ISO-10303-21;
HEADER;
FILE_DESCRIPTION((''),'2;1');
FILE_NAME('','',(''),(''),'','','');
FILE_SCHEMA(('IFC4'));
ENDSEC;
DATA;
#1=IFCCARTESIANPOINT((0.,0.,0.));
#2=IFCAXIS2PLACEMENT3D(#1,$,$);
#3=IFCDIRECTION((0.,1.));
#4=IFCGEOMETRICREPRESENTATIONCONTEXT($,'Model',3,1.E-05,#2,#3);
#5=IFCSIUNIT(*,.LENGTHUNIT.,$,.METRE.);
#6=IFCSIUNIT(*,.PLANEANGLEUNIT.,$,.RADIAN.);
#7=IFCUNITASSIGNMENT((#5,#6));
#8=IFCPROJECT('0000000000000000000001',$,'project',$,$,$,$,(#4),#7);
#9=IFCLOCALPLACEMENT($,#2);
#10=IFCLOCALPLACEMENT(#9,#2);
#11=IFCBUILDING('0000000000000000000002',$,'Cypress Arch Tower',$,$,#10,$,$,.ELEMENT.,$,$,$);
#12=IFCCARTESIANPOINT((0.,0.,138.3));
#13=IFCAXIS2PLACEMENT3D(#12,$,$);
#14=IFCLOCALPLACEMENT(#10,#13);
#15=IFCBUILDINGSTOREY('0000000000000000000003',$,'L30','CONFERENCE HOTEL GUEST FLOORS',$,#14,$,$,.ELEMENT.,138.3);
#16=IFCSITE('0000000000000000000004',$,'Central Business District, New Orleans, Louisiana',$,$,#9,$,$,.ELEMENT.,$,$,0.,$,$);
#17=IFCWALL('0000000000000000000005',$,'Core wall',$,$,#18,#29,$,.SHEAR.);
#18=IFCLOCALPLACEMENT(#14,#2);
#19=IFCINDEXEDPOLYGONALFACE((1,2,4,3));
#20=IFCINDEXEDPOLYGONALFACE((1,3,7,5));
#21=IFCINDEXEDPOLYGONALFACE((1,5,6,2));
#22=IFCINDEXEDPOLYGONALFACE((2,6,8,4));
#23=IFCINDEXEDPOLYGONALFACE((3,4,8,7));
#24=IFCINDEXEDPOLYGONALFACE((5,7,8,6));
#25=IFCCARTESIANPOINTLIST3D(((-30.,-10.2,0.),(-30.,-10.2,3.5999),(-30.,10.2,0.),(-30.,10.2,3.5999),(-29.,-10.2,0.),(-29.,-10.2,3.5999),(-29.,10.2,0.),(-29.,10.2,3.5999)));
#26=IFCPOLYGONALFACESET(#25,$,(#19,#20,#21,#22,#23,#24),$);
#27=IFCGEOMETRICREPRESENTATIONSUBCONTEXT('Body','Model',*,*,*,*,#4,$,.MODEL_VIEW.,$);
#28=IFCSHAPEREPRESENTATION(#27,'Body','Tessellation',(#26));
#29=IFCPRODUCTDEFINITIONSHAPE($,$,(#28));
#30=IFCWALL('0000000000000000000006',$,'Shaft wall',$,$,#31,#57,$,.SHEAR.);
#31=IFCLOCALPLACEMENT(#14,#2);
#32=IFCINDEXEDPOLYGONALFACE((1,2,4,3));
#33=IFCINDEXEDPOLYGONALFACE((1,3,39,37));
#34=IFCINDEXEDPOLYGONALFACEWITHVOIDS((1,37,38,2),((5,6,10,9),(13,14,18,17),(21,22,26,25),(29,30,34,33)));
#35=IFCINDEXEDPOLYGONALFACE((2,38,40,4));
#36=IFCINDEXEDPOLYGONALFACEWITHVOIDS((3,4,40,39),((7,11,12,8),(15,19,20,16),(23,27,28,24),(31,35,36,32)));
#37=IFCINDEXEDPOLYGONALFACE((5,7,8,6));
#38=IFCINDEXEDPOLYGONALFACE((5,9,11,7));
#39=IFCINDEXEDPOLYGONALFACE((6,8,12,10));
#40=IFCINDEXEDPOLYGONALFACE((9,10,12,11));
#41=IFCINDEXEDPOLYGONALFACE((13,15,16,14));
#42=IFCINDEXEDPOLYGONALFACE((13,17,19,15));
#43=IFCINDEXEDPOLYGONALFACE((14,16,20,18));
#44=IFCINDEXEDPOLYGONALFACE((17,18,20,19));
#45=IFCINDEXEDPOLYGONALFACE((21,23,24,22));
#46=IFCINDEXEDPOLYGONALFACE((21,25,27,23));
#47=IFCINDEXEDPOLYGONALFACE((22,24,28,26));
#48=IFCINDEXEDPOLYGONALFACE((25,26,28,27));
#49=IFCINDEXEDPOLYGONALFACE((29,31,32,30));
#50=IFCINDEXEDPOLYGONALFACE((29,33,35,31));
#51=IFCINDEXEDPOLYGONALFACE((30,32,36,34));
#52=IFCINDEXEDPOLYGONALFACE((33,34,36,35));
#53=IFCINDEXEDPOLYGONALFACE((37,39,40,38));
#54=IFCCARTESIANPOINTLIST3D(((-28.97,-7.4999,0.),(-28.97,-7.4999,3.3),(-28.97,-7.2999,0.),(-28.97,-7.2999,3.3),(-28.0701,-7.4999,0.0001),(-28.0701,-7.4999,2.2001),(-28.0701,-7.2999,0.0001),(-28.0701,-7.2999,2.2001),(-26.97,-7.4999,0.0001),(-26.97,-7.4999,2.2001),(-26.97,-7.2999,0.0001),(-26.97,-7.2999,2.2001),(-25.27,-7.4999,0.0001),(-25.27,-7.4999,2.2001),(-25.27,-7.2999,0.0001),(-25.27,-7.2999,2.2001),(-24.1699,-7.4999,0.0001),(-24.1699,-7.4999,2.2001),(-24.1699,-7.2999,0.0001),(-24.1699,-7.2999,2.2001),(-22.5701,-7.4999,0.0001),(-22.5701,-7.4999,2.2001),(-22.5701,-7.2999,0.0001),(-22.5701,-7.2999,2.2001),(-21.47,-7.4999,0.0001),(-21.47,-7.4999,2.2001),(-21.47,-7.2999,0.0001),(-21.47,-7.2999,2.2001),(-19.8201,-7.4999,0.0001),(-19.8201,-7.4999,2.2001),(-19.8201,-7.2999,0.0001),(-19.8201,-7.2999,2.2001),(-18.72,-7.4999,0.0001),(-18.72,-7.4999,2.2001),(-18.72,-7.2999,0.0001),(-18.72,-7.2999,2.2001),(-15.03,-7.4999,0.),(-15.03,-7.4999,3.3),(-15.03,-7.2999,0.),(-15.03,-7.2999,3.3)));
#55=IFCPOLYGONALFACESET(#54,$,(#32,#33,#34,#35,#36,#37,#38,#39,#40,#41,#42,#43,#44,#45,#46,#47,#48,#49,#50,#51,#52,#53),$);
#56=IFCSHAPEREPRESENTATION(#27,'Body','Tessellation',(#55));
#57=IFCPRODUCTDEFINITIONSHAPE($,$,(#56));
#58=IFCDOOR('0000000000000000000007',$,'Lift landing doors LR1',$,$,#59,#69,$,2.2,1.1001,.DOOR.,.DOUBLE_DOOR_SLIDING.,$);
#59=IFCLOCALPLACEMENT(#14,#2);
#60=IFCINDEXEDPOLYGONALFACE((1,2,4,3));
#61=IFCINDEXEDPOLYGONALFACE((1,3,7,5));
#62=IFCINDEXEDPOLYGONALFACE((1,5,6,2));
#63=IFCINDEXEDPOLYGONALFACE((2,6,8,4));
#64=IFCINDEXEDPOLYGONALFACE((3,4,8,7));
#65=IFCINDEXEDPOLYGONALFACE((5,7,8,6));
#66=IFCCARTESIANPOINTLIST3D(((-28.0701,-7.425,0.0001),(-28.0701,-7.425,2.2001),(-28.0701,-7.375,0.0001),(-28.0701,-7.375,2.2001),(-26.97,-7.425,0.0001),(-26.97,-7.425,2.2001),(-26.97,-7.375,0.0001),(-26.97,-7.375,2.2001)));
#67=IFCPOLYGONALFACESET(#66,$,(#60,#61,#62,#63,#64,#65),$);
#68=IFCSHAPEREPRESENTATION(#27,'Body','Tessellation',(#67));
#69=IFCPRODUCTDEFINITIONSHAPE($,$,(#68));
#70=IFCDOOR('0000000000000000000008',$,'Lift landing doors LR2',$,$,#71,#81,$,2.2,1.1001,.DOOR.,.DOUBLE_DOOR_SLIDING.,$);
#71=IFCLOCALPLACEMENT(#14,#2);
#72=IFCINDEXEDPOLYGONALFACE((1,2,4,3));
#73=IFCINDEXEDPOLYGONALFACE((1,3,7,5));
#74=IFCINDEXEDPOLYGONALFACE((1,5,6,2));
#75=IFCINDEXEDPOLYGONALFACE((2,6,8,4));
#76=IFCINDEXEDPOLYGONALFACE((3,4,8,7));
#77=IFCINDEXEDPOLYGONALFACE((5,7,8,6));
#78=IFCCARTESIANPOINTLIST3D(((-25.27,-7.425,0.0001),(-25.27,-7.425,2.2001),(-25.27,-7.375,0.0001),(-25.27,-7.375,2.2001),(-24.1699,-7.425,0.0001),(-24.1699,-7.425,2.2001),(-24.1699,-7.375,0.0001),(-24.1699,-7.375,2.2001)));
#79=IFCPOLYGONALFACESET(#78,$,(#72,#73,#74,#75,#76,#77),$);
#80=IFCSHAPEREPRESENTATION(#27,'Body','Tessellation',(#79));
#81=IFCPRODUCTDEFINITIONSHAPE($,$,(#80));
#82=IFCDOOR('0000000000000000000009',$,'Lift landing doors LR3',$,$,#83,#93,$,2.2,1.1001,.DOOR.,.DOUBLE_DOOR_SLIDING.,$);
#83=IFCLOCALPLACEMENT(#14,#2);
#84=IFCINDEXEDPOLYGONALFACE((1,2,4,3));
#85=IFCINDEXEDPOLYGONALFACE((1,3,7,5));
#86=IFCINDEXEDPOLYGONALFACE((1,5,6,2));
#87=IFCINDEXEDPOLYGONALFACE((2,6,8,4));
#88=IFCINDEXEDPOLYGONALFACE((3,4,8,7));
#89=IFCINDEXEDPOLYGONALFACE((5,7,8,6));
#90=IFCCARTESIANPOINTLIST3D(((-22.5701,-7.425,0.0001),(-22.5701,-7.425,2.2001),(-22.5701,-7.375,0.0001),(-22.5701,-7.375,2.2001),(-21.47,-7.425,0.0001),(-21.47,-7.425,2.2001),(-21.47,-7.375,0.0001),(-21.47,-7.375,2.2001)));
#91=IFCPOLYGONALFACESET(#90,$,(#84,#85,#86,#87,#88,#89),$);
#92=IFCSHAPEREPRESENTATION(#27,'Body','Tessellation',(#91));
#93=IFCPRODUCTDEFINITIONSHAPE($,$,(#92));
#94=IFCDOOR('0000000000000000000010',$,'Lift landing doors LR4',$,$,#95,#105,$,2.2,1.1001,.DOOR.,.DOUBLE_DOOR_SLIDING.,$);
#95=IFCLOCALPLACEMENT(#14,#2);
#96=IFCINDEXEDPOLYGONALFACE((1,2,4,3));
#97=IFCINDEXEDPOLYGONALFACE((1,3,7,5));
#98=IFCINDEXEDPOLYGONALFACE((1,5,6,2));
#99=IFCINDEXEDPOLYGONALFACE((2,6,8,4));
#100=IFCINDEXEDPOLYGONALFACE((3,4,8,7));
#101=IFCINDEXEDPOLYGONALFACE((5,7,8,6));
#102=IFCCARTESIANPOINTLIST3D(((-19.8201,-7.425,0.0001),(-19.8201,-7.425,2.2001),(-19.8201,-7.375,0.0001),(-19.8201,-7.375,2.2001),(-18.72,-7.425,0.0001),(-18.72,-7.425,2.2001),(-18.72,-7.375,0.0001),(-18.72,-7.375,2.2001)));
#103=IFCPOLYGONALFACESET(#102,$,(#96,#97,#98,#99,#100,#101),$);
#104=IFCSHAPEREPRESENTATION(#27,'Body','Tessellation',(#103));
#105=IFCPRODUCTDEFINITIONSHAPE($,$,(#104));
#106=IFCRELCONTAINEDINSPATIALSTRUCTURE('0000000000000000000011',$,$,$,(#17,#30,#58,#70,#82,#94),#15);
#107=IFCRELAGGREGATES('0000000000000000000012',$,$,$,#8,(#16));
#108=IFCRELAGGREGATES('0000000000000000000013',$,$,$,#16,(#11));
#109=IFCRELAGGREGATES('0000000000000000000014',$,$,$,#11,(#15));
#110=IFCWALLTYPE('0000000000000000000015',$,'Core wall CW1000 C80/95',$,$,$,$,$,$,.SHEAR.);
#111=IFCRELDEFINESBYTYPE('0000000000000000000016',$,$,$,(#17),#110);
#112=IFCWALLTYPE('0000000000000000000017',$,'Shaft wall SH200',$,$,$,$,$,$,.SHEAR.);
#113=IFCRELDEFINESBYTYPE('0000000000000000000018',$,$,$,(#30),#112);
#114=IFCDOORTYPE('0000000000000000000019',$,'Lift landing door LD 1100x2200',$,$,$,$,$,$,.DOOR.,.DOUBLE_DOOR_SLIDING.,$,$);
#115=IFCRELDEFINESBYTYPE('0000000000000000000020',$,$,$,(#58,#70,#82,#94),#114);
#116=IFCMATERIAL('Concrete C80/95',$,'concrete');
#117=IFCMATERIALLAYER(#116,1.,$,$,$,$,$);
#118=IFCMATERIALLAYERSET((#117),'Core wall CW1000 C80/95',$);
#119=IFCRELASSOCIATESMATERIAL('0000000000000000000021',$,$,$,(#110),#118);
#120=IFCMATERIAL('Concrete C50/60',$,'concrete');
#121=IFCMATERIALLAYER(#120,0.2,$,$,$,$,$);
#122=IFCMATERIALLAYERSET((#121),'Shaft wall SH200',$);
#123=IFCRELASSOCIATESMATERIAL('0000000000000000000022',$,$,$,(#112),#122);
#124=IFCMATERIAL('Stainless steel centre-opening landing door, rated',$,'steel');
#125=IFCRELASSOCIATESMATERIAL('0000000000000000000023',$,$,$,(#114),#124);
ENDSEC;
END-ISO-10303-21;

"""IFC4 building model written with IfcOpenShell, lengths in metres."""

from ifc_helpers import new_model, si_unit, direction, frame, frame_2d, origin, place, context, subcontext, project, spatial, rectangle, extrude, material, layer, layer_set, type_object, element, fill, save


model = new_model("IFC4")

# Units and contexts
model_context = context("Model", 3, precision=1e-05, world=origin(), true_north=direction((0.0, 1.0)))
body_context = subcontext(model_context, "Body", "Model", "MODEL_VIEW")
ifc_project = project(units=[si_unit("LENGTHUNIT", "METRE"), si_unit("PLANEANGLEUNIT", "RADIAN")], contexts=[model_context])

# Site, building, storey
site_placement = place(None, origin())
site = spatial("IfcSite", under=ifc_project, at=site_placement, Name="Central Business District, New Orleans, Louisiana", CompositionType="ELEMENT", RefElevation=0.0)
building_placement = place(site_placement, origin())
building = spatial("IfcBuilding", under=site, at=building_placement, Name="Cypress Arch Tower", CompositionType="ELEMENT")
storey_placement = place(building_placement, frame((0.0, 0.0, 138.3)))
storey = spatial("IfcBuildingStorey", under=building, at=storey_placement, Name="L30", Description="CONFERENCE HOTEL GUEST FLOORS", CompositionType="ELEMENT", Elevation=138.3)

# Wall
ifc_material_1 = material(Name="Concrete C80/95", Category="concrete")
ifc_layer_1 = layer(ifc_material_1, 1.0)
ifc_layer_set_1 = layer_set([ifc_layer_1], Name="Core wall CW1000 C80/95")
wall_type_1 = type_object("IfcWallType", Name="Core wall CW1000 C80/95", PredefinedType="SHEAR", material=ifc_layer_set_1)
wall_1_placement = place(storey_placement, frame((-29.5, -10.2, 0.0), z_axis=(0.0, 0.0, 1.0), x_axis=(0.0, 1.0, 0.0)))
element("IfcWall", 1, at=wall_1_placement, inside=storey, type_object=wall_type_1, Name="Core wall", PredefinedType="SHEAR", context=body_context, shape_type="SweptSolid", body=[
    extrude(rectangle(XDim=20.3999, YDim=1.0, at=frame_2d((10.2, 0.0))), origin(), (0.0, 0.0, 1.0), 3.5999),
])

# Wall, openings, doors
ifc_material_2 = material(Name="Concrete C50/60", Category="concrete")
ifc_layer_2 = layer(ifc_material_2, 0.2)
ifc_layer_set_2 = layer_set([ifc_layer_2], Name="Shaft wall SH200")
wall_type_2 = type_object("IfcWallType", Name="Shaft wall SH200", PredefinedType="SHEAR", material=ifc_layer_set_2)
wall_2_placement = place(storey_placement, frame((-28.97, -7.3999, 0.0), z_axis=(0.0, 0.0, 1.0), x_axis=(1.0, 0.0, 0.0)))
wall_2 = element("IfcWall", 2, at=wall_2_placement, inside=storey, type_object=wall_type_2, Name="Shaft wall", PredefinedType="SHEAR", context=body_context, shape_type="SweptSolid", body=[
    extrude(rectangle(XDim=13.9399, YDim=0.2, at=frame_2d((6.97, 0.0))), origin(), (0.0, 0.0, 1.0), 3.3),
])
opening_1_placement = place(wall_2_placement, frame((0.8999, 0.0, 0.0)))
opening_1 = element("IfcOpeningElement", 3, at=opening_1_placement, cuts=wall_2, PredefinedType="OPENING", context=body_context, shape_type="SweptSolid", body=[
    extrude(rectangle(XDim=1.1001, YDim=2.2, at=frame_2d((0.55, 1.1001))), frame((0.0, 0.1099, 0.0), z_axis=(0.0, -1.0, 0.0), x_axis=(1.0, 0.0, 0.0)), (0.0, 0.0, 1.0), 0.22),
])
opening_2_placement = place(wall_2_placement, frame((3.7, 0.0, 0.0)))
opening_2 = element("IfcOpeningElement", 4, at=opening_2_placement, cuts=wall_2, PredefinedType="OPENING", context=body_context, shape_type="SweptSolid", body=[
    extrude(rectangle(XDim=1.1001, YDim=2.2, at=frame_2d((0.55, 1.1001))), frame((0.0, 0.1099, 0.0), z_axis=(0.0, -1.0, 0.0), x_axis=(1.0, 0.0, 0.0)), (0.0, 0.0, 1.0), 0.22),
])
opening_3_placement = place(wall_2_placement, frame((6.3999, 0.0, 0.0)))
opening_3 = element("IfcOpeningElement", 5, at=opening_3_placement, cuts=wall_2, PredefinedType="OPENING", context=body_context, shape_type="SweptSolid", body=[
    extrude(rectangle(XDim=1.1001, YDim=2.2, at=frame_2d((0.55, 1.1001))), frame((0.0, 0.1099, 0.0), z_axis=(0.0, -1.0, 0.0), x_axis=(1.0, 0.0, 0.0)), (0.0, 0.0, 1.0), 0.22),
])
opening_4_placement = place(wall_2_placement, frame((9.1499, 0.0, 0.0)))
opening_4 = element("IfcOpeningElement", 6, at=opening_4_placement, cuts=wall_2, PredefinedType="OPENING", context=body_context, shape_type="SweptSolid", body=[
    extrude(rectangle(XDim=1.1001, YDim=2.2, at=frame_2d((0.55, 1.1001))), frame((0.0, 0.1099, 0.0), z_axis=(0.0, -1.0, 0.0), x_axis=(1.0, 0.0, 0.0)), (0.0, 0.0, 1.0), 0.22),
])
ifc_material_3 = material(Name="Stainless steel centre-opening landing door, rated", Category="steel")
door_type = type_object("IfcDoorType", Name="Lift landing door LD 1100x2200", OperationType="DOUBLE_DOOR_SLIDING", PredefinedType="DOOR", material=ifc_material_3)
door_1_placement = place(opening_1_placement, origin())
door_1 = element("IfcDoor", 7, at=door_1_placement, inside=storey, type_object=door_type, Name="Lift landing doors LR1", OperationType="DOUBLE_DOOR_SLIDING", OverallHeight=2.2, OverallWidth=1.1001, PredefinedType="DOOR", context=body_context, shape_type="SweptSolid", body=[
    extrude(rectangle(XDim=1.1001, YDim=2.2, at=frame_2d((0.55, 1.1001))), frame((0.0, 0.0249, 0.0), z_axis=(0.0, -1.0, 0.0), x_axis=(1.0, 0.0, 0.0)), (0.0, 0.0, 1.0), 0.05),
])
fill(opening_1, door_1)
door_2_placement = place(opening_2_placement, origin())
door_2 = element("IfcDoor", 8, at=door_2_placement, inside=storey, type_object=door_type, Name="Lift landing doors LR2", OperationType="DOUBLE_DOOR_SLIDING", OverallHeight=2.2, OverallWidth=1.1001, PredefinedType="DOOR", context=body_context, shape_type="SweptSolid", body=[
    extrude(rectangle(XDim=1.1001, YDim=2.2, at=frame_2d((0.55, 1.1001))), frame((0.0, 0.0249, 0.0), z_axis=(0.0, -1.0, 0.0), x_axis=(1.0, 0.0, 0.0)), (0.0, 0.0, 1.0), 0.05),
])
fill(opening_2, door_2)
door_3_placement = place(opening_3_placement, origin())
door_3 = element("IfcDoor", 9, at=door_3_placement, inside=storey, type_object=door_type, Name="Lift landing doors LR3", OperationType="DOUBLE_DOOR_SLIDING", OverallHeight=2.2, OverallWidth=1.1001, PredefinedType="DOOR", context=body_context, shape_type="SweptSolid", body=[
    extrude(rectangle(XDim=1.1001, YDim=2.2, at=frame_2d((0.55, 1.1001))), frame((0.0, 0.0249, 0.0), z_axis=(0.0, -1.0, 0.0), x_axis=(1.0, 0.0, 0.0)), (0.0, 0.0, 1.0), 0.05),
])
fill(opening_3, door_3)
door_4_placement = place(opening_4_placement, origin())
door_4 = element("IfcDoor", 10, at=door_4_placement, inside=storey, type_object=door_type, Name="Lift landing doors LR4", OperationType="DOUBLE_DOOR_SLIDING", OverallHeight=2.2, OverallWidth=1.1001, PredefinedType="DOOR", context=body_context, shape_type="SweptSolid", body=[
    extrude(rectangle(XDim=1.1001, YDim=2.2, at=frame_2d((0.55, 1.1001))), frame((0.0, 0.0249, 0.0), z_axis=(0.0, -1.0, 0.0), x_axis=(1.0, 0.0, 0.0)), (0.0, 0.0, 1.0), 0.05),
])
fill(opening_4, door_4)

save(model, "model.ifc")
